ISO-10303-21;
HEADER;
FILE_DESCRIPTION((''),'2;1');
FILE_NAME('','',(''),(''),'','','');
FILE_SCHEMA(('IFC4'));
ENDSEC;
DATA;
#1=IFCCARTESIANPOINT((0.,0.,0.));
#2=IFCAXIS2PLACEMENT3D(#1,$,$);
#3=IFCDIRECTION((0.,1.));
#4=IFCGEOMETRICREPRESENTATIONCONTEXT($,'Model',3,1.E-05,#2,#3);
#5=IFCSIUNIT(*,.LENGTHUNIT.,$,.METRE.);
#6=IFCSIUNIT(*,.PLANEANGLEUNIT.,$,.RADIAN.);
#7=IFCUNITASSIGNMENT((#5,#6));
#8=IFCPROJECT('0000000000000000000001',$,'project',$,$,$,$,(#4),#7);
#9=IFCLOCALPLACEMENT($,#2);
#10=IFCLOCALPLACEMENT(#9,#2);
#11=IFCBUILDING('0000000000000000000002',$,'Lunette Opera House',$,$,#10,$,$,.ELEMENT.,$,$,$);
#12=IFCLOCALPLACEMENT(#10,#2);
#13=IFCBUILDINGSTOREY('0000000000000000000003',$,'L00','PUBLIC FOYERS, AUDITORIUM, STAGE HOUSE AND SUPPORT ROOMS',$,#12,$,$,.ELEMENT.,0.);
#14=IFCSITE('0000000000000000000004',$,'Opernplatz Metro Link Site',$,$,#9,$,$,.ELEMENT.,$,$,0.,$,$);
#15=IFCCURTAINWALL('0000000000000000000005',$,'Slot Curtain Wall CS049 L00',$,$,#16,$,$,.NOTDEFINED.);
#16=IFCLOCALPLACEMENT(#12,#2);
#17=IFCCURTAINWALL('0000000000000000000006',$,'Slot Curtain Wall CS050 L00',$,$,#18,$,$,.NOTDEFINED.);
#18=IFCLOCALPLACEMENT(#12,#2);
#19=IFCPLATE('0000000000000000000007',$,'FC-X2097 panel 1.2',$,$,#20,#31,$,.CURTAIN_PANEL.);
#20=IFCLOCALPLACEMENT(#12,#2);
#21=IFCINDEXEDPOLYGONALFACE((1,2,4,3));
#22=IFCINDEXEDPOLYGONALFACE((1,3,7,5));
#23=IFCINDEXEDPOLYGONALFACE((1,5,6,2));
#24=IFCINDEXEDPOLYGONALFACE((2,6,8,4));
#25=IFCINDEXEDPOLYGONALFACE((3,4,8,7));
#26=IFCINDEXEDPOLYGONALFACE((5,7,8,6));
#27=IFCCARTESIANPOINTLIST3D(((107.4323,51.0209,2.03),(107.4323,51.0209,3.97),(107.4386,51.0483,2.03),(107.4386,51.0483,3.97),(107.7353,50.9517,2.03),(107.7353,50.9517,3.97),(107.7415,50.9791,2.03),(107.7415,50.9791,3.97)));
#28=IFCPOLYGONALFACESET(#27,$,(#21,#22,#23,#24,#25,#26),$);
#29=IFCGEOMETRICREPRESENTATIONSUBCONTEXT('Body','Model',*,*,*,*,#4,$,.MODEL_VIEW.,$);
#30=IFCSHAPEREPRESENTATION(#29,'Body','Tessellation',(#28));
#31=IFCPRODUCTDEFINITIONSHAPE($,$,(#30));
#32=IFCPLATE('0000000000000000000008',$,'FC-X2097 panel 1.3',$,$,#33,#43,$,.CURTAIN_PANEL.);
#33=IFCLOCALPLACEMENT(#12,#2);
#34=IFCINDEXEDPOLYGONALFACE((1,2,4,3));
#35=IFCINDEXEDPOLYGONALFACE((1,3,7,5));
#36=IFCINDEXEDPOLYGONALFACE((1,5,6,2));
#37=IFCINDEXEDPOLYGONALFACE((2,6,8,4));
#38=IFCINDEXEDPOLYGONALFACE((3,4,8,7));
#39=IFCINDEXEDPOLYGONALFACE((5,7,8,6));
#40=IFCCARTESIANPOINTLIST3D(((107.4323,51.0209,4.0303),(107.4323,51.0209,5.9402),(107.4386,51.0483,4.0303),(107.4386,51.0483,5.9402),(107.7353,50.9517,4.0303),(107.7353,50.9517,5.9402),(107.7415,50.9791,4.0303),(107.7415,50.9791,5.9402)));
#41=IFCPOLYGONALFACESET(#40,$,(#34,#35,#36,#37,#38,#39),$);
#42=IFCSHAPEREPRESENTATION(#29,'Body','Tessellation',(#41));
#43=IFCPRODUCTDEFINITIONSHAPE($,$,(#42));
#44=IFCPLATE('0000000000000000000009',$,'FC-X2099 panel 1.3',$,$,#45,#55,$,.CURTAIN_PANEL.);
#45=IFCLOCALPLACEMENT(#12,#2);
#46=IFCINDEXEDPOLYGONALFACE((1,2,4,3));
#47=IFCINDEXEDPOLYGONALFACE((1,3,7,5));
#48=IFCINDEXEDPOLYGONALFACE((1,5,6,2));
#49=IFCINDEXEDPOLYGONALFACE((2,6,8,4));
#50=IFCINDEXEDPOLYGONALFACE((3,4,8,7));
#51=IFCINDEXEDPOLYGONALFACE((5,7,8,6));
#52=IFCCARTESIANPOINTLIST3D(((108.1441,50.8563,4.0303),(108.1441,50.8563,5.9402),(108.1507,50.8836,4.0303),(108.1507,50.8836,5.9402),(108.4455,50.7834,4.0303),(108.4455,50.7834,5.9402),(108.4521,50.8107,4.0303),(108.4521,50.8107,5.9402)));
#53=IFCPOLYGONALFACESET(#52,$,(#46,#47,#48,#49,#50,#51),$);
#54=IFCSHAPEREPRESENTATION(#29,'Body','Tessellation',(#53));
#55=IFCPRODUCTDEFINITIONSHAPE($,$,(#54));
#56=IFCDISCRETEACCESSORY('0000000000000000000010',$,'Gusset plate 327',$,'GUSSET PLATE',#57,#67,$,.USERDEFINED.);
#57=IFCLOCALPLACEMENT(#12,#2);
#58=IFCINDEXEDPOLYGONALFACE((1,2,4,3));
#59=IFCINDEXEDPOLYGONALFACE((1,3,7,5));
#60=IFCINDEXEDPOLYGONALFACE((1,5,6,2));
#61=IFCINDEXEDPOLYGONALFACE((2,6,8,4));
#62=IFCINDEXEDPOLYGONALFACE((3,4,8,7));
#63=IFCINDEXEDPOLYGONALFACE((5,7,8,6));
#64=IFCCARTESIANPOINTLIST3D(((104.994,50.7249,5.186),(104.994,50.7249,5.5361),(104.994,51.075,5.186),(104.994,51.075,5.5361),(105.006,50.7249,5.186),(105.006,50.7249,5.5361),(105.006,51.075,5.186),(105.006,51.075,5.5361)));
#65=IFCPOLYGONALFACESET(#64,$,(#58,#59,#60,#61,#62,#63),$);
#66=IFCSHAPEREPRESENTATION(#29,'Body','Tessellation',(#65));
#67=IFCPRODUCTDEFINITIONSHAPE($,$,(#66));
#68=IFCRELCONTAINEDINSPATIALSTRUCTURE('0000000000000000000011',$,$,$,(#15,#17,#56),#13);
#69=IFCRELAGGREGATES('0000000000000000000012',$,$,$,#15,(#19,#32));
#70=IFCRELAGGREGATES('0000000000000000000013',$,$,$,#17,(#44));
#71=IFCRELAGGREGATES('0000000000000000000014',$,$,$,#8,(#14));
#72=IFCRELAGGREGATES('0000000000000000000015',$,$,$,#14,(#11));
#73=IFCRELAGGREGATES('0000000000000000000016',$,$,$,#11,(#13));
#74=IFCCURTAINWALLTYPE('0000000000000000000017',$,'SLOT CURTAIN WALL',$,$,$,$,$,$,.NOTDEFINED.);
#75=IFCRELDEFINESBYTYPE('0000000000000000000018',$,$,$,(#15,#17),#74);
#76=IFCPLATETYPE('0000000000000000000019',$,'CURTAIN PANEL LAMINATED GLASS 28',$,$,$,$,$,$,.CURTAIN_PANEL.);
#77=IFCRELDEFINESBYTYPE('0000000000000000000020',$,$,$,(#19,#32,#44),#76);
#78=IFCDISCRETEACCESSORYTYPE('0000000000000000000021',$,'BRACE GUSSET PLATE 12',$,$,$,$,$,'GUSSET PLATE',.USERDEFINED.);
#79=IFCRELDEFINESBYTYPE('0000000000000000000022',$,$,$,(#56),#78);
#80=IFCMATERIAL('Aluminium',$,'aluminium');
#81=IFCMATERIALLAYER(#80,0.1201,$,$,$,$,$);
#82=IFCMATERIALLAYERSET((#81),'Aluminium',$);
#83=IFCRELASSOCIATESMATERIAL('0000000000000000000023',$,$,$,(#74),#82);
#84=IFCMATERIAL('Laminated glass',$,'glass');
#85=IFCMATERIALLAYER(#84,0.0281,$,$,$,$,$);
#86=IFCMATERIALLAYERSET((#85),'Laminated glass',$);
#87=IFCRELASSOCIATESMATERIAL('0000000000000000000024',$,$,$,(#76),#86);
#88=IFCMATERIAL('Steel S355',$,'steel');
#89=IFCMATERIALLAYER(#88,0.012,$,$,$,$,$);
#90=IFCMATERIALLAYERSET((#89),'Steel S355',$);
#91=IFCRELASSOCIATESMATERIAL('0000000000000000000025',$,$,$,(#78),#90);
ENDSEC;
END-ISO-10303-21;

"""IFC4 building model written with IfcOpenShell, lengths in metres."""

from ifc_helpers import new_model, si_unit, direction, frame, origin, origin_2d, place, context, subcontext, project, spatial, rectangle, extrude, material, layer, layer_set, type_object, element, aggregate, save


model = new_model("IFC4")

# Units and contexts
model_context = context("Model", 3, precision=1e-05, world=origin(), true_north=direction((0.0, 1.0)))
body_context = subcontext(model_context, "Body", "Model", "MODEL_VIEW")
ifc_project = project(units=[si_unit("LENGTHUNIT", "METRE"), si_unit("PLANEANGLEUNIT", "RADIAN")], contexts=[model_context])

# Site, building, storey
site_placement = place(None, origin())
site = spatial("IfcSite", under=ifc_project, at=site_placement, Name="Opernplatz Metro Link Site", CompositionType="ELEMENT", RefElevation=0.0)
building_placement = place(site_placement, origin())
building = spatial("IfcBuilding", under=site, at=building_placement, Name="Lunette Opera House", CompositionType="ELEMENT")
storey_placement = place(building_placement, origin())
storey = spatial("IfcBuildingStorey", under=building, at=storey_placement, Name="L00", Description="PUBLIC FOYERS, AUDITORIUM, STAGE HOUSE AND SUPPORT ROOMS", CompositionType="ELEMENT", Elevation=0.0)

# Shared definitions
ifc_material_1 = material(Name="Aluminium", Category="aluminium")
ifc_layer_1 = layer(ifc_material_1, 0.1201)
ifc_layer_set_1 = layer_set([ifc_layer_1], Name="Aluminium")
curtain_wall_type = type_object("IfcCurtainWallType", Name="SLOT CURTAIN WALL", PredefinedType="NOTDEFINED", material=ifc_layer_set_1)

# Curtain wall
curtain_wall_1_placement = place(storey_placement, origin())
curtain_wall_1 = element("IfcCurtainWall", 1, at=curtain_wall_1_placement, inside=storey, type_object=curtain_wall_type, Name="Slot Curtain Wall CS049 L00", PredefinedType="NOTDEFINED")

# Curtain wall
curtain_wall_2_placement = place(storey_placement, origin())
curtain_wall_2 = element("IfcCurtainWall", 2, at=curtain_wall_2_placement, inside=storey, type_object=curtain_wall_type, Name="Slot Curtain Wall CS050 L00", PredefinedType="NOTDEFINED")

# Plates
ifc_material_2 = material(Name="Laminated glass", Category="glass")
ifc_layer_2 = layer(ifc_material_2, 0.0281)
ifc_layer_set_2 = layer_set([ifc_layer_2], Name="Laminated glass")
plate_type = type_object("IfcPlateType", Name="CURTAIN PANEL LAMINATED GLASS 28", PredefinedType="CURTAIN_PANEL", material=ifc_layer_set_2)
plate_1_placement = place(storey_placement, frame((107.5869, 51.0, 2.03), z_axis=(0.0, 0.0, 1.0), x_axis=(0.974859, -0.222825, 0.0)))
plate_1 = element("IfcPlate", 3, at=plate_1_placement, type_object=plate_type, Name="FC-X2097 panel 1.2", PredefinedType="CURTAIN_PANEL", context=body_context, shape_type="SweptSolid", body=[
    extrude(rectangle(XDim=0.3108, YDim=0.0281, at=origin_2d()), origin(), (0.0, 0.0, 1.0), 1.9399),
])
plate_2_placement = place(storey_placement, frame((107.5869, 51.0, 4.0303), z_axis=(0.0, 0.0, 1.0), x_axis=(0.974859, -0.222825, 0.0)))
plate_2 = element("IfcPlate", 4, at=plate_2_placement, type_object=plate_type, Name="FC-X2097 panel 1.3", PredefinedType="CURTAIN_PANEL", context=body_context, shape_type="SweptSolid", body=[
    extrude(rectangle(XDim=0.3108, YDim=0.0281, at=origin_2d()), origin(), (0.0, 0.0, 1.0), 1.9099),
])
aggregate(curtain_wall_1, [plate_1, plate_2])
plate_3_placement = place(storey_placement, frame((108.2981, 50.8335, 4.0303), z_axis=(0.0, 0.0, 1.0), x_axis=(0.972027, -0.234868, 0.0)))
plate_3 = element("IfcPlate", 5, at=plate_3_placement, type_object=plate_type, Name="FC-X2099 panel 1.3", PredefinedType="CURTAIN_PANEL", context=body_context, shape_type="SweptSolid", body=[
    extrude(rectangle(XDim=0.3101, YDim=0.0281, at=origin_2d()), origin(), (0.0, 0.0, 1.0), 1.9099),
])
aggregate(curtain_wall_2, [plate_3])

# Discrete accessory
ifc_material_3 = material(Name="Steel S355", Category="steel")
ifc_layer_3 = layer(ifc_material_3, 0.012)
ifc_layer_set_3 = layer_set([ifc_layer_3], Name="Steel S355")
discrete_accessory_type = type_object("IfcDiscreteAccessoryType", Name="BRACE GUSSET PLATE 12", ElementType="GUSSET PLATE", PredefinedType="USERDEFINED", material=ifc_layer_set_3)
discrete_accessory_placement = place(storey_placement, frame((105.0, 50.8999, 5.186), z_axis=(0.0, 0.0, 1.0), x_axis=(0.0, 1.0, 0.0)))
element("IfcDiscreteAccessory", 6, at=discrete_accessory_placement, inside=storey, type_object=discrete_accessory_type, Name="Gusset plate 327", ObjectType="GUSSET PLATE", PredefinedType="USERDEFINED", context=body_context, shape_type="SweptSolid", body=[
    extrude(rectangle(XDim=0.3501, YDim=0.012, at=origin_2d()), origin(), (0.0, 0.0, 1.0), 0.3501),
])

save(model, "model.ifc")
